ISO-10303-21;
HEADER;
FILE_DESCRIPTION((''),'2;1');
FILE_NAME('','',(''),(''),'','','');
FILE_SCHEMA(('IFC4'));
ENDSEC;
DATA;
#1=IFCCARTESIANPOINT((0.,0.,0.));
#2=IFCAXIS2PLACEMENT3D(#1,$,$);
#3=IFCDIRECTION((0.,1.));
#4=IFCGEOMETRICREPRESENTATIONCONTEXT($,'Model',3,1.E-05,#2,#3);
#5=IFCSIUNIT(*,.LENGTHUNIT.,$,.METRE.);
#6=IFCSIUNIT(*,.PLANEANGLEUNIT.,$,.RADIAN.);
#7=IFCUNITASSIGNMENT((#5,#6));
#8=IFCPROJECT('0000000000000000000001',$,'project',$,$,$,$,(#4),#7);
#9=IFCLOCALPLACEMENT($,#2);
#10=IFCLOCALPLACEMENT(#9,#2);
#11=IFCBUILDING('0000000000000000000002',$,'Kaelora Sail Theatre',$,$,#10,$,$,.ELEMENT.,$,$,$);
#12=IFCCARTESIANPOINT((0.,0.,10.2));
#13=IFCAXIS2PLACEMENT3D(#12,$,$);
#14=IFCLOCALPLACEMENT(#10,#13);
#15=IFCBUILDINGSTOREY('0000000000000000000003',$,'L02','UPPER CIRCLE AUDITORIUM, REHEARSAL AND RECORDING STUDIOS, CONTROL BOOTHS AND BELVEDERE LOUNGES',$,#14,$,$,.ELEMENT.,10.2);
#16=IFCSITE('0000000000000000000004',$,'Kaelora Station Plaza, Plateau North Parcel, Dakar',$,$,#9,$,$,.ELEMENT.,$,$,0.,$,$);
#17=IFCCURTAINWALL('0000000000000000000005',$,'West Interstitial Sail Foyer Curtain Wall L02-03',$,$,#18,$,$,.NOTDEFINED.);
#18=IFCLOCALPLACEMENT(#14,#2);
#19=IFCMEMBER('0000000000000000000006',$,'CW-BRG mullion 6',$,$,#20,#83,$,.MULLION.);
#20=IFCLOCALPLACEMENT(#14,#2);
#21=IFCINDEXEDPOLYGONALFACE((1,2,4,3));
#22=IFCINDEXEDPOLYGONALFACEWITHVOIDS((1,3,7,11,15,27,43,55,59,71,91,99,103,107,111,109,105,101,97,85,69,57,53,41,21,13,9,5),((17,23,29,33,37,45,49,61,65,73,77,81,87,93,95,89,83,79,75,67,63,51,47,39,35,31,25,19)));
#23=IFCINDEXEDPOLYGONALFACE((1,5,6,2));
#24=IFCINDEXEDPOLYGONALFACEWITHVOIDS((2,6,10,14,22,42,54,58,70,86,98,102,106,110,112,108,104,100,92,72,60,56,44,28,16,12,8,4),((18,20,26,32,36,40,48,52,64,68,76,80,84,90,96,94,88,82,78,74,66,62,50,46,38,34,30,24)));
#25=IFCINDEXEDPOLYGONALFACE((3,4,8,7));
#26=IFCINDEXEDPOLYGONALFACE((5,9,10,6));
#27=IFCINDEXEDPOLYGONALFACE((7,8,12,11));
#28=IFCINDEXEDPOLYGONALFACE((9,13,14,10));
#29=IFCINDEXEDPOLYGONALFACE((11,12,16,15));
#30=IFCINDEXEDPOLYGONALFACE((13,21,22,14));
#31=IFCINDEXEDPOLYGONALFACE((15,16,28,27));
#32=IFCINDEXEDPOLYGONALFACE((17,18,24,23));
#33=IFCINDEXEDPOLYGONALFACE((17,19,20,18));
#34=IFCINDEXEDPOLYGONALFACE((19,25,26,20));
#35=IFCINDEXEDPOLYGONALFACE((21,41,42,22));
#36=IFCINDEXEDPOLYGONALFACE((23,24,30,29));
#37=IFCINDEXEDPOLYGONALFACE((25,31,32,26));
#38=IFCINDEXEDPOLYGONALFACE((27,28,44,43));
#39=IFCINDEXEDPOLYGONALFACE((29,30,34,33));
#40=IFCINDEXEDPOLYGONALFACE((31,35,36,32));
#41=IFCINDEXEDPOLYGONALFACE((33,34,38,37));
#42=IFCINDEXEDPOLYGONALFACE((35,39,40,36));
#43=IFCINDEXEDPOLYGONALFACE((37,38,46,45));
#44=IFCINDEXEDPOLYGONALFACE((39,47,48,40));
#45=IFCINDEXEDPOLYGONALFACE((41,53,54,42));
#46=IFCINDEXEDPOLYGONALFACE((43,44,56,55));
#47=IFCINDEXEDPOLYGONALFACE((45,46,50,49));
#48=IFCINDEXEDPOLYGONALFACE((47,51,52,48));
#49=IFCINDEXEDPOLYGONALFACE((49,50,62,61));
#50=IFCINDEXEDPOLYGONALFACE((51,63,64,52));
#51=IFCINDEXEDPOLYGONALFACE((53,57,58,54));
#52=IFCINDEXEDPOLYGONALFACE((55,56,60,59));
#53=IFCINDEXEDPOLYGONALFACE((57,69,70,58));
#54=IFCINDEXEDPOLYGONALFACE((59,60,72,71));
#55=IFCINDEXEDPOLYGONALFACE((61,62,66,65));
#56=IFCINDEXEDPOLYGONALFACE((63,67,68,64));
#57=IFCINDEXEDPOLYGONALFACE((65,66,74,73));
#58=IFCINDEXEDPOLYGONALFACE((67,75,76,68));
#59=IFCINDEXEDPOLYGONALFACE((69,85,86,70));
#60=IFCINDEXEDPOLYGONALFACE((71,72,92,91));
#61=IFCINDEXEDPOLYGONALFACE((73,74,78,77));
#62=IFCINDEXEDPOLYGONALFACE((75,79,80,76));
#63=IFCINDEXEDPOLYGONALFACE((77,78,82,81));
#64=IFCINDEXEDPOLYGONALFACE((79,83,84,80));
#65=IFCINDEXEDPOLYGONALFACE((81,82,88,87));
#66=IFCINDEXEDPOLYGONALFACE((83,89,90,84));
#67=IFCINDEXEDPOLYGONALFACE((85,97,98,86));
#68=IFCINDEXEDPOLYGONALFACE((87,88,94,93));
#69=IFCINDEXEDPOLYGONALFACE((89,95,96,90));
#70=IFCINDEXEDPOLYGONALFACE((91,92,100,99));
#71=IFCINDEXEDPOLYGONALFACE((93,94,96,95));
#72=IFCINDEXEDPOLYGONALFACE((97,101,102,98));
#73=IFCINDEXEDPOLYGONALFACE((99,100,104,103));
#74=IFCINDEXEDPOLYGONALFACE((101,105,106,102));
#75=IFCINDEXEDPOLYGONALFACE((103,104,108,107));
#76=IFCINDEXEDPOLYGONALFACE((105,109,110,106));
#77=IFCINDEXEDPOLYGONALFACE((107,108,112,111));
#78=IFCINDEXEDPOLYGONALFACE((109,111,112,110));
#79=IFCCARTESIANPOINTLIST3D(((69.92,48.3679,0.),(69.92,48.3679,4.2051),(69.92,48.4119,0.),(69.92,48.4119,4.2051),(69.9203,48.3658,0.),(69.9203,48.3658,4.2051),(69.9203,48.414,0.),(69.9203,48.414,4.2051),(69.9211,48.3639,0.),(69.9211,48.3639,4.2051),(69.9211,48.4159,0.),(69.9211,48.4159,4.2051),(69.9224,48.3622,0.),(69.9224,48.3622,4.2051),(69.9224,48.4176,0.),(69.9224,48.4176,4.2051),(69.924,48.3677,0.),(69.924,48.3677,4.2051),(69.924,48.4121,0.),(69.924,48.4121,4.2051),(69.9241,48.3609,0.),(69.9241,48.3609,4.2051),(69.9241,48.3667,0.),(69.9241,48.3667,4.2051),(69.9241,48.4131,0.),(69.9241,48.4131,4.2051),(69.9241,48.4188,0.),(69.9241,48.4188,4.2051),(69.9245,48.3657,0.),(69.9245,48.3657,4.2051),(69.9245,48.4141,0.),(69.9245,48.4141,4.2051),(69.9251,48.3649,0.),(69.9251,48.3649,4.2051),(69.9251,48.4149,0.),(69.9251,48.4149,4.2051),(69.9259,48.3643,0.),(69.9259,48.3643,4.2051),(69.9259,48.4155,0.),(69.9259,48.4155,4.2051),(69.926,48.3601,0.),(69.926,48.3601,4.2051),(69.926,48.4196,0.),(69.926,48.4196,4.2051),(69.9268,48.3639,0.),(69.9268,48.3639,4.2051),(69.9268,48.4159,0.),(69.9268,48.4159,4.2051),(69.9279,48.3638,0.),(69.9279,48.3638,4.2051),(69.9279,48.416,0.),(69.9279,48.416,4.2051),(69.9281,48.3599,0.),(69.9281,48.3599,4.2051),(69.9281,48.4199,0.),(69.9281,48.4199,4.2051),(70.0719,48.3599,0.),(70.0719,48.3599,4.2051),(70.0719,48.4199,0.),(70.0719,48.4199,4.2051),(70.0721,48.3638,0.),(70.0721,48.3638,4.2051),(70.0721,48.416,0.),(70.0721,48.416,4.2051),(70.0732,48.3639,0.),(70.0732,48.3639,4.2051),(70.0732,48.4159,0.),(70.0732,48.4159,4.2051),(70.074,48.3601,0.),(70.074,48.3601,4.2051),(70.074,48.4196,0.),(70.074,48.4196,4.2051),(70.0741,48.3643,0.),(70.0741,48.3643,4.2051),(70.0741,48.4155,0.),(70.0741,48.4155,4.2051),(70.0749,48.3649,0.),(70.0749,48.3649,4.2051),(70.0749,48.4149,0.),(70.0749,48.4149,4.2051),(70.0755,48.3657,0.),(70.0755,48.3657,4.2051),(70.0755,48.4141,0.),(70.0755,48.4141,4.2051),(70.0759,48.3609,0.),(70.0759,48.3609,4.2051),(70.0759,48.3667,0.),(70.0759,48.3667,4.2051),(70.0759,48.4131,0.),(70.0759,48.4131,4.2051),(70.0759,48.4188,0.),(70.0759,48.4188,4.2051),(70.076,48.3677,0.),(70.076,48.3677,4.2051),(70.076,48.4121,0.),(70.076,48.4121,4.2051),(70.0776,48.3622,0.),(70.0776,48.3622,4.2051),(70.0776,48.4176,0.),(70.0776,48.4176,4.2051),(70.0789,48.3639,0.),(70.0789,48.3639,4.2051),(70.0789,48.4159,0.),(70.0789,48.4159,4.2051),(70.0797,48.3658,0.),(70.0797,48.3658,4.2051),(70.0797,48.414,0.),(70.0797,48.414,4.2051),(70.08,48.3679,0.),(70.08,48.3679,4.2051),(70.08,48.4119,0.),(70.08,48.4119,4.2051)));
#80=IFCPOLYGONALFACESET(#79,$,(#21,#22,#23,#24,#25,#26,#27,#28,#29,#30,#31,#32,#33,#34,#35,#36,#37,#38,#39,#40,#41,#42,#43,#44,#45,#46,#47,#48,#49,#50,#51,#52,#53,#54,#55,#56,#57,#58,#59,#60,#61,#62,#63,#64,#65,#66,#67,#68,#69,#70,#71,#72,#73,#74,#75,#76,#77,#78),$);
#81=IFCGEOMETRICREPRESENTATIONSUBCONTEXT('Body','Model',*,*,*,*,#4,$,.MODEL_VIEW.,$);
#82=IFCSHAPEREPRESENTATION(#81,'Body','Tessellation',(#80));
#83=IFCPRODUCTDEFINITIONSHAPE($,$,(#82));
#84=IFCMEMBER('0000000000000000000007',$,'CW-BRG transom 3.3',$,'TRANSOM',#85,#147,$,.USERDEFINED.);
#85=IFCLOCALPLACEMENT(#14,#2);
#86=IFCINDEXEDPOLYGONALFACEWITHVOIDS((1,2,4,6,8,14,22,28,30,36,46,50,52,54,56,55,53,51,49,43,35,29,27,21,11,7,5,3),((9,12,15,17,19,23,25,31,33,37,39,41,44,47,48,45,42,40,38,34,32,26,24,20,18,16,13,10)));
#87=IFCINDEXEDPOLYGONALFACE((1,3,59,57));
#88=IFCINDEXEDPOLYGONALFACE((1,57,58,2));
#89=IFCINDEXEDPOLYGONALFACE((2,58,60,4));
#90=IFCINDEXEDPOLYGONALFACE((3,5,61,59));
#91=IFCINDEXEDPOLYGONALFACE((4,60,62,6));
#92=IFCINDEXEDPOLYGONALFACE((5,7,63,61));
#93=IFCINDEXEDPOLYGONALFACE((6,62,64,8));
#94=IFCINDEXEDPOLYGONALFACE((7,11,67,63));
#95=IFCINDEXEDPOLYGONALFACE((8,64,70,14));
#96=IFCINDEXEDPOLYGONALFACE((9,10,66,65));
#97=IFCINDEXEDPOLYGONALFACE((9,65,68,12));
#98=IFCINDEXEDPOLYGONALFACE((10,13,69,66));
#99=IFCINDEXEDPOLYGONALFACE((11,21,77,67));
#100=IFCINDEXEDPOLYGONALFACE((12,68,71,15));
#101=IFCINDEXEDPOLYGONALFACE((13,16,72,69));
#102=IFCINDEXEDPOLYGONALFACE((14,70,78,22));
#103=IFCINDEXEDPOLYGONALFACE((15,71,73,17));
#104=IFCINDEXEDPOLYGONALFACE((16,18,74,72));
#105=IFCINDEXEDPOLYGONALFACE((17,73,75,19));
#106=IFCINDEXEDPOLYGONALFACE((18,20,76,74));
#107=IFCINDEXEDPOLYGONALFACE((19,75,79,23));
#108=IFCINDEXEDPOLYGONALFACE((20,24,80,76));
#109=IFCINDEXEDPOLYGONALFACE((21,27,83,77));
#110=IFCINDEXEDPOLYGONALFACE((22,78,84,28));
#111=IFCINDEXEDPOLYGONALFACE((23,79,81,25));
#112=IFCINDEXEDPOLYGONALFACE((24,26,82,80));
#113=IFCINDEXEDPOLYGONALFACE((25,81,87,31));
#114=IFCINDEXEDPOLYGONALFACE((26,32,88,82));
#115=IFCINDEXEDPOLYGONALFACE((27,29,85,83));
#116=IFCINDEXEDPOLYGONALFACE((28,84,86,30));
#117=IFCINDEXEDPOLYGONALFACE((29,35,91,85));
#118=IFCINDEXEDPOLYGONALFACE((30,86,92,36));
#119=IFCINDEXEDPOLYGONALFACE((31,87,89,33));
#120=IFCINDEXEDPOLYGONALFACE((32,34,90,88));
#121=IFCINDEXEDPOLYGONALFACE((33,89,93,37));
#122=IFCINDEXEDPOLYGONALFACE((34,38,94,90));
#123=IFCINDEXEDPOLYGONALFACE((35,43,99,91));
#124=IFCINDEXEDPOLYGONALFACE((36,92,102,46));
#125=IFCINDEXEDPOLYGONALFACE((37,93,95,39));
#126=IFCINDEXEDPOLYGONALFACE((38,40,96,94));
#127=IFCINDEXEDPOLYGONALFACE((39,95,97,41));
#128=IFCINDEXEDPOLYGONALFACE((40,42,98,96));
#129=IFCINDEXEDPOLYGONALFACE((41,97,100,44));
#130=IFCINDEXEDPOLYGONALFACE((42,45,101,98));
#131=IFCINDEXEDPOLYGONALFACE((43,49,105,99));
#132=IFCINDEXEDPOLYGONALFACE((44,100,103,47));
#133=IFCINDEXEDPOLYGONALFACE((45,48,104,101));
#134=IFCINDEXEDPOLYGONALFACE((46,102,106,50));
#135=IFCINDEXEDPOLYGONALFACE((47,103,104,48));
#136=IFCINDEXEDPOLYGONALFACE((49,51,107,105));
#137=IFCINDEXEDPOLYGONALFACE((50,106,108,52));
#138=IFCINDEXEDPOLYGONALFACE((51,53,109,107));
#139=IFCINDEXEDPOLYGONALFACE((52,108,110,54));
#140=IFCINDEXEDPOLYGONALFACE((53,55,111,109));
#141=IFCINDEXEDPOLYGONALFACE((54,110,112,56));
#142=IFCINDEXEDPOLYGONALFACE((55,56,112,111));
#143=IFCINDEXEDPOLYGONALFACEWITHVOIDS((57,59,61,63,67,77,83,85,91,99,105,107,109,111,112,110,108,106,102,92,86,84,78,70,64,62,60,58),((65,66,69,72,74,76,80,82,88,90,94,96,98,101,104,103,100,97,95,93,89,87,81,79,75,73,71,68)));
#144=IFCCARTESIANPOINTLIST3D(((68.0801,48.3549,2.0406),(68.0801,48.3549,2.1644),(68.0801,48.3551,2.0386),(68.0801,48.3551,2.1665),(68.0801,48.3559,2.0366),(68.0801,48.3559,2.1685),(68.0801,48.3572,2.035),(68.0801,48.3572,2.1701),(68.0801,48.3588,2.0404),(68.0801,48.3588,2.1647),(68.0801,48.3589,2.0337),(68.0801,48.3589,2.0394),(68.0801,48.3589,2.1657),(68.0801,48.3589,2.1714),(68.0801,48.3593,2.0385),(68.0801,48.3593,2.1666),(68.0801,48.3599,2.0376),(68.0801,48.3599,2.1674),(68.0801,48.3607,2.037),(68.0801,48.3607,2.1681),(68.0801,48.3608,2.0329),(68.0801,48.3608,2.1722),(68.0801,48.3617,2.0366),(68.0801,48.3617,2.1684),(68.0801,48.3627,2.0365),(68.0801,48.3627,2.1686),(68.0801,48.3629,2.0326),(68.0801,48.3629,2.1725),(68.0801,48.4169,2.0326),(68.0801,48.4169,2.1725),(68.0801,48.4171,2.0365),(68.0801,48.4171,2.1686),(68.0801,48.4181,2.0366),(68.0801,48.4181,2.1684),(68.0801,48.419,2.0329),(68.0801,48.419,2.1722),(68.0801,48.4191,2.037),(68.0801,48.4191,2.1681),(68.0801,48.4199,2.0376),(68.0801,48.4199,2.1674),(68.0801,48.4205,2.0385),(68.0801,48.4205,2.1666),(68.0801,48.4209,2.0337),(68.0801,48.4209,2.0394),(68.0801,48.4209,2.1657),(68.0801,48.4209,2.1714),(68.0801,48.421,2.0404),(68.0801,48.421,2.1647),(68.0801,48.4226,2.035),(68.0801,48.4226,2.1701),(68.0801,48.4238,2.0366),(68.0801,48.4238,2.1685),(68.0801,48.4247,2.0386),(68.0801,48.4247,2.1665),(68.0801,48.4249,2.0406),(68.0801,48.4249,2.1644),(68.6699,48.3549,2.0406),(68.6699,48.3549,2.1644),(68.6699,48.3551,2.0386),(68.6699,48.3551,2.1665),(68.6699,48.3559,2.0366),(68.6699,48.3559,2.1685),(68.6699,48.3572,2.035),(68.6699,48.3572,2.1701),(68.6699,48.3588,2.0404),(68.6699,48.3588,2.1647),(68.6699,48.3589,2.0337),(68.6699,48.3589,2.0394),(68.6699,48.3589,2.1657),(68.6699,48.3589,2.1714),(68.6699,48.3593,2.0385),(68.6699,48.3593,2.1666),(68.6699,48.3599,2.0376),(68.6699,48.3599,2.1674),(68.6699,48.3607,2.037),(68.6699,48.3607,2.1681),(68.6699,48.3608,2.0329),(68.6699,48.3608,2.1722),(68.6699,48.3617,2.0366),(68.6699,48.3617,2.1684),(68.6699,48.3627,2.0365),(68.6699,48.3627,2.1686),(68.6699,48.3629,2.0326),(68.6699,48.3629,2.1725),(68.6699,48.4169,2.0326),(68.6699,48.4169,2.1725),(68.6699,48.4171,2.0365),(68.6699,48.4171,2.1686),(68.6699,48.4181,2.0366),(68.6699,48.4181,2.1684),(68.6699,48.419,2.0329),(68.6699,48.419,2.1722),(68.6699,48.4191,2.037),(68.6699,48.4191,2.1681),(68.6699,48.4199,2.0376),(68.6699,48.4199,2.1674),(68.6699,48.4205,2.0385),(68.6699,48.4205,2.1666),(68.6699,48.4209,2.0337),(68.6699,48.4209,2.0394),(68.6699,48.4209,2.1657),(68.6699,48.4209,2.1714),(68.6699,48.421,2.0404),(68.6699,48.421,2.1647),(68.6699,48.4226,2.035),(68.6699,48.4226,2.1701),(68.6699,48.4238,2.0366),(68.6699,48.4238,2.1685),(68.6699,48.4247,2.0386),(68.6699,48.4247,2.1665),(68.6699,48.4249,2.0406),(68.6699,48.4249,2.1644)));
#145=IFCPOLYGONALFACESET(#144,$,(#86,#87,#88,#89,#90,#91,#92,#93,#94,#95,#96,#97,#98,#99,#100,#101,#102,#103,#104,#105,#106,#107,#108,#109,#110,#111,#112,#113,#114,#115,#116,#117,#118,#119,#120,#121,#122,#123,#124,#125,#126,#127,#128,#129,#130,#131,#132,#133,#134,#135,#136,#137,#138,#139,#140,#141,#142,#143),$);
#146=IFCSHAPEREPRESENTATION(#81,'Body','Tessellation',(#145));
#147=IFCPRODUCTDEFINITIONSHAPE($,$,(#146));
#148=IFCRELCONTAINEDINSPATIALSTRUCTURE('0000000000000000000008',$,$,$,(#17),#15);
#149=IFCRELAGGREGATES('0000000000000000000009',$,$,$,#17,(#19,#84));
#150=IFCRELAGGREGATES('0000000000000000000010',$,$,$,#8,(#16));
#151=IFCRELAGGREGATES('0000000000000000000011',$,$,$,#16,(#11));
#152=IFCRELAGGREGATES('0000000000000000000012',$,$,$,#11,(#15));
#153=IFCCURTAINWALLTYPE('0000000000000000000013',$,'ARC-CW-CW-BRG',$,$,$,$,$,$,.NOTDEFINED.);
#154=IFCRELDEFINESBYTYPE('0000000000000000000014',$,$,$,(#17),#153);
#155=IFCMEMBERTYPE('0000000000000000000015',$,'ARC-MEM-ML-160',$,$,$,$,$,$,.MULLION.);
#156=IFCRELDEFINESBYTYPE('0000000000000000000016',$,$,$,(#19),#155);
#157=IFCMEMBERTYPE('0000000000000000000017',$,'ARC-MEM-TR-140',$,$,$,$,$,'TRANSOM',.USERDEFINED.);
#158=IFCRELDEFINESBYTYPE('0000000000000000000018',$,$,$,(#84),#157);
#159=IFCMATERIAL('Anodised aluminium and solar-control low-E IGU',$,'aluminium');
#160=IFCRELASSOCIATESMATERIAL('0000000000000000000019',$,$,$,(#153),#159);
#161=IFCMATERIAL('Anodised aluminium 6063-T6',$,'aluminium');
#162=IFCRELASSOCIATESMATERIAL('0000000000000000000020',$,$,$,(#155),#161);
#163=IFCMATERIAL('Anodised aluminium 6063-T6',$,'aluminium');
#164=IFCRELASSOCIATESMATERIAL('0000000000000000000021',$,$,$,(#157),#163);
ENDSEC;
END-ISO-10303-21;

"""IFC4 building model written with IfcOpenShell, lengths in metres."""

from ifc_helpers import new_model, si_unit, direction, frame, origin, origin_2d, place, context, subcontext, project, spatial, hollow_rectangle, extrude, material, material_profile, profile_set, type_object, element, aggregate, save


model = new_model("IFC4")

# Units and contexts
model_context = context("Model", 3, precision=1e-05, world=origin(), true_north=direction((0.0, 1.0)))
body_context = subcontext(model_context, "Body", "Model", "MODEL_VIEW")
ifc_project = project(units=[si_unit("LENGTHUNIT", "METRE"), si_unit("PLANEANGLEUNIT", "RADIAN")], contexts=[model_context])

# Site, building, storey
site_placement = place(None, origin())
site = spatial("IfcSite", under=ifc_project, at=site_placement, Name="Kaelora Station Plaza, Plateau North Parcel, Dakar", CompositionType="ELEMENT", RefElevation=0.0)
building_placement = place(site_placement, origin())
building = spatial("IfcBuilding", under=site, at=building_placement, Name="Kaelora Sail Theatre", CompositionType="ELEMENT")
storey_placement = place(building_placement, frame((0.0, 0.0, 10.2)))
storey = spatial("IfcBuildingStorey", under=building, at=storey_placement, Name="L02", Description="UPPER CIRCLE AUDITORIUM, REHEARSAL AND RECORDING STUDIOS, CONTROL BOOTHS AND BELVEDERE LOUNGES", CompositionType="ELEMENT", Elevation=10.2)

# Curtain wall, members
ifc_material_1 = material(Name="Anodised aluminium and solar-control low-E IGU", Category="aluminium")
curtain_wall_type = type_object("IfcCurtainWallType", Name="ARC-CW-CW-BRG", PredefinedType="NOTDEFINED", material=ifc_material_1)
curtain_wall_placement = place(storey_placement, origin())
curtain_wall = element("IfcCurtainWall", 1, at=curtain_wall_placement, inside=storey, type_object=curtain_wall_type, Name="West Interstitial Sail Foyer Curtain Wall L02-03", PredefinedType="NOTDEFINED")
ifc_material_2 = material(Name="Anodised aluminium 6063-T6", Category="aluminium")
ifc_material_profile_1 = material_profile(ifc_material_2, hollow_rectangle(XDim=0.0601, YDim=0.1599, WallThickness=0.0039, InnerFilletRadius=0.0039, OuterFilletRadius=0.0081, at=origin_2d()), Name="ALU-MULL 60x160x4")
ifc_profile_set_1 = profile_set([ifc_material_profile_1], Name="Anodised aluminium 6063-T6")
member_type_1 = type_object("IfcMemberType", Name="ARC-MEM-ML-160", PredefinedType="MULLION", material=ifc_profile_set_1)
member_1_placement = place(storey_placement, frame((70.0, 48.3899, 0.0), z_axis=(0.0, 0.0, 1.0), x_axis=(0.0, 1.0, 0.0)))
member_1 = element("IfcMember", 2, at=member_1_placement, type_object=member_type_1, Name="CW-BRG mullion 6", PredefinedType="MULLION", context=body_context, shape_type="SweptSolid", body=[
    extrude(hollow_rectangle(XDim=0.0601, YDim=0.1599, WallThickness=0.0039, InnerFilletRadius=0.0039, OuterFilletRadius=0.0081, at=origin_2d()), origin(), (0.0, 0.0, 1.0), 4.2051),
])
ifc_material_3 = material(Name="Anodised aluminium 6063-T6", Category="aluminium")
ifc_material_profile_2 = material_profile(ifc_material_3, hollow_rectangle(XDim=0.0701, YDim=0.1399, WallThickness=0.0039, InnerFilletRadius=0.0039, OuterFilletRadius=0.0081, at=origin_2d()), Name="ALU-TRAN 70x140x4")
ifc_profile_set_2 = profile_set([ifc_material_profile_2], Name="Anodised aluminium 6063-T6")
member_type_2 = type_object("IfcMemberType", Name="ARC-MEM-TR-140", ElementType="TRANSOM", PredefinedType="USERDEFINED", material=ifc_profile_set_2)
member_2_placement = place(storey_placement, frame((68.0801, 48.3899, 2.1025), z_axis=(1.0, 0.0, 0.0), x_axis=(0.0, 1.0, 0.0)))
member_2 = element("IfcMember", 3, at=member_2_placement, type_object=member_type_2, Name="CW-BRG transom 3.3", ObjectType="TRANSOM", PredefinedType="USERDEFINED", context=body_context, shape_type="SweptSolid", body=[
    extrude(hollow_rectangle(XDim=0.0701, YDim=0.1399, WallThickness=0.0039, InnerFilletRadius=0.0039, OuterFilletRadius=0.0081, at=origin_2d()), origin(), (0.0, 0.0, 1.0), 0.5898),
])

aggregate(curtain_wall, [member_1, member_2])

save(model, "model.ifc")
